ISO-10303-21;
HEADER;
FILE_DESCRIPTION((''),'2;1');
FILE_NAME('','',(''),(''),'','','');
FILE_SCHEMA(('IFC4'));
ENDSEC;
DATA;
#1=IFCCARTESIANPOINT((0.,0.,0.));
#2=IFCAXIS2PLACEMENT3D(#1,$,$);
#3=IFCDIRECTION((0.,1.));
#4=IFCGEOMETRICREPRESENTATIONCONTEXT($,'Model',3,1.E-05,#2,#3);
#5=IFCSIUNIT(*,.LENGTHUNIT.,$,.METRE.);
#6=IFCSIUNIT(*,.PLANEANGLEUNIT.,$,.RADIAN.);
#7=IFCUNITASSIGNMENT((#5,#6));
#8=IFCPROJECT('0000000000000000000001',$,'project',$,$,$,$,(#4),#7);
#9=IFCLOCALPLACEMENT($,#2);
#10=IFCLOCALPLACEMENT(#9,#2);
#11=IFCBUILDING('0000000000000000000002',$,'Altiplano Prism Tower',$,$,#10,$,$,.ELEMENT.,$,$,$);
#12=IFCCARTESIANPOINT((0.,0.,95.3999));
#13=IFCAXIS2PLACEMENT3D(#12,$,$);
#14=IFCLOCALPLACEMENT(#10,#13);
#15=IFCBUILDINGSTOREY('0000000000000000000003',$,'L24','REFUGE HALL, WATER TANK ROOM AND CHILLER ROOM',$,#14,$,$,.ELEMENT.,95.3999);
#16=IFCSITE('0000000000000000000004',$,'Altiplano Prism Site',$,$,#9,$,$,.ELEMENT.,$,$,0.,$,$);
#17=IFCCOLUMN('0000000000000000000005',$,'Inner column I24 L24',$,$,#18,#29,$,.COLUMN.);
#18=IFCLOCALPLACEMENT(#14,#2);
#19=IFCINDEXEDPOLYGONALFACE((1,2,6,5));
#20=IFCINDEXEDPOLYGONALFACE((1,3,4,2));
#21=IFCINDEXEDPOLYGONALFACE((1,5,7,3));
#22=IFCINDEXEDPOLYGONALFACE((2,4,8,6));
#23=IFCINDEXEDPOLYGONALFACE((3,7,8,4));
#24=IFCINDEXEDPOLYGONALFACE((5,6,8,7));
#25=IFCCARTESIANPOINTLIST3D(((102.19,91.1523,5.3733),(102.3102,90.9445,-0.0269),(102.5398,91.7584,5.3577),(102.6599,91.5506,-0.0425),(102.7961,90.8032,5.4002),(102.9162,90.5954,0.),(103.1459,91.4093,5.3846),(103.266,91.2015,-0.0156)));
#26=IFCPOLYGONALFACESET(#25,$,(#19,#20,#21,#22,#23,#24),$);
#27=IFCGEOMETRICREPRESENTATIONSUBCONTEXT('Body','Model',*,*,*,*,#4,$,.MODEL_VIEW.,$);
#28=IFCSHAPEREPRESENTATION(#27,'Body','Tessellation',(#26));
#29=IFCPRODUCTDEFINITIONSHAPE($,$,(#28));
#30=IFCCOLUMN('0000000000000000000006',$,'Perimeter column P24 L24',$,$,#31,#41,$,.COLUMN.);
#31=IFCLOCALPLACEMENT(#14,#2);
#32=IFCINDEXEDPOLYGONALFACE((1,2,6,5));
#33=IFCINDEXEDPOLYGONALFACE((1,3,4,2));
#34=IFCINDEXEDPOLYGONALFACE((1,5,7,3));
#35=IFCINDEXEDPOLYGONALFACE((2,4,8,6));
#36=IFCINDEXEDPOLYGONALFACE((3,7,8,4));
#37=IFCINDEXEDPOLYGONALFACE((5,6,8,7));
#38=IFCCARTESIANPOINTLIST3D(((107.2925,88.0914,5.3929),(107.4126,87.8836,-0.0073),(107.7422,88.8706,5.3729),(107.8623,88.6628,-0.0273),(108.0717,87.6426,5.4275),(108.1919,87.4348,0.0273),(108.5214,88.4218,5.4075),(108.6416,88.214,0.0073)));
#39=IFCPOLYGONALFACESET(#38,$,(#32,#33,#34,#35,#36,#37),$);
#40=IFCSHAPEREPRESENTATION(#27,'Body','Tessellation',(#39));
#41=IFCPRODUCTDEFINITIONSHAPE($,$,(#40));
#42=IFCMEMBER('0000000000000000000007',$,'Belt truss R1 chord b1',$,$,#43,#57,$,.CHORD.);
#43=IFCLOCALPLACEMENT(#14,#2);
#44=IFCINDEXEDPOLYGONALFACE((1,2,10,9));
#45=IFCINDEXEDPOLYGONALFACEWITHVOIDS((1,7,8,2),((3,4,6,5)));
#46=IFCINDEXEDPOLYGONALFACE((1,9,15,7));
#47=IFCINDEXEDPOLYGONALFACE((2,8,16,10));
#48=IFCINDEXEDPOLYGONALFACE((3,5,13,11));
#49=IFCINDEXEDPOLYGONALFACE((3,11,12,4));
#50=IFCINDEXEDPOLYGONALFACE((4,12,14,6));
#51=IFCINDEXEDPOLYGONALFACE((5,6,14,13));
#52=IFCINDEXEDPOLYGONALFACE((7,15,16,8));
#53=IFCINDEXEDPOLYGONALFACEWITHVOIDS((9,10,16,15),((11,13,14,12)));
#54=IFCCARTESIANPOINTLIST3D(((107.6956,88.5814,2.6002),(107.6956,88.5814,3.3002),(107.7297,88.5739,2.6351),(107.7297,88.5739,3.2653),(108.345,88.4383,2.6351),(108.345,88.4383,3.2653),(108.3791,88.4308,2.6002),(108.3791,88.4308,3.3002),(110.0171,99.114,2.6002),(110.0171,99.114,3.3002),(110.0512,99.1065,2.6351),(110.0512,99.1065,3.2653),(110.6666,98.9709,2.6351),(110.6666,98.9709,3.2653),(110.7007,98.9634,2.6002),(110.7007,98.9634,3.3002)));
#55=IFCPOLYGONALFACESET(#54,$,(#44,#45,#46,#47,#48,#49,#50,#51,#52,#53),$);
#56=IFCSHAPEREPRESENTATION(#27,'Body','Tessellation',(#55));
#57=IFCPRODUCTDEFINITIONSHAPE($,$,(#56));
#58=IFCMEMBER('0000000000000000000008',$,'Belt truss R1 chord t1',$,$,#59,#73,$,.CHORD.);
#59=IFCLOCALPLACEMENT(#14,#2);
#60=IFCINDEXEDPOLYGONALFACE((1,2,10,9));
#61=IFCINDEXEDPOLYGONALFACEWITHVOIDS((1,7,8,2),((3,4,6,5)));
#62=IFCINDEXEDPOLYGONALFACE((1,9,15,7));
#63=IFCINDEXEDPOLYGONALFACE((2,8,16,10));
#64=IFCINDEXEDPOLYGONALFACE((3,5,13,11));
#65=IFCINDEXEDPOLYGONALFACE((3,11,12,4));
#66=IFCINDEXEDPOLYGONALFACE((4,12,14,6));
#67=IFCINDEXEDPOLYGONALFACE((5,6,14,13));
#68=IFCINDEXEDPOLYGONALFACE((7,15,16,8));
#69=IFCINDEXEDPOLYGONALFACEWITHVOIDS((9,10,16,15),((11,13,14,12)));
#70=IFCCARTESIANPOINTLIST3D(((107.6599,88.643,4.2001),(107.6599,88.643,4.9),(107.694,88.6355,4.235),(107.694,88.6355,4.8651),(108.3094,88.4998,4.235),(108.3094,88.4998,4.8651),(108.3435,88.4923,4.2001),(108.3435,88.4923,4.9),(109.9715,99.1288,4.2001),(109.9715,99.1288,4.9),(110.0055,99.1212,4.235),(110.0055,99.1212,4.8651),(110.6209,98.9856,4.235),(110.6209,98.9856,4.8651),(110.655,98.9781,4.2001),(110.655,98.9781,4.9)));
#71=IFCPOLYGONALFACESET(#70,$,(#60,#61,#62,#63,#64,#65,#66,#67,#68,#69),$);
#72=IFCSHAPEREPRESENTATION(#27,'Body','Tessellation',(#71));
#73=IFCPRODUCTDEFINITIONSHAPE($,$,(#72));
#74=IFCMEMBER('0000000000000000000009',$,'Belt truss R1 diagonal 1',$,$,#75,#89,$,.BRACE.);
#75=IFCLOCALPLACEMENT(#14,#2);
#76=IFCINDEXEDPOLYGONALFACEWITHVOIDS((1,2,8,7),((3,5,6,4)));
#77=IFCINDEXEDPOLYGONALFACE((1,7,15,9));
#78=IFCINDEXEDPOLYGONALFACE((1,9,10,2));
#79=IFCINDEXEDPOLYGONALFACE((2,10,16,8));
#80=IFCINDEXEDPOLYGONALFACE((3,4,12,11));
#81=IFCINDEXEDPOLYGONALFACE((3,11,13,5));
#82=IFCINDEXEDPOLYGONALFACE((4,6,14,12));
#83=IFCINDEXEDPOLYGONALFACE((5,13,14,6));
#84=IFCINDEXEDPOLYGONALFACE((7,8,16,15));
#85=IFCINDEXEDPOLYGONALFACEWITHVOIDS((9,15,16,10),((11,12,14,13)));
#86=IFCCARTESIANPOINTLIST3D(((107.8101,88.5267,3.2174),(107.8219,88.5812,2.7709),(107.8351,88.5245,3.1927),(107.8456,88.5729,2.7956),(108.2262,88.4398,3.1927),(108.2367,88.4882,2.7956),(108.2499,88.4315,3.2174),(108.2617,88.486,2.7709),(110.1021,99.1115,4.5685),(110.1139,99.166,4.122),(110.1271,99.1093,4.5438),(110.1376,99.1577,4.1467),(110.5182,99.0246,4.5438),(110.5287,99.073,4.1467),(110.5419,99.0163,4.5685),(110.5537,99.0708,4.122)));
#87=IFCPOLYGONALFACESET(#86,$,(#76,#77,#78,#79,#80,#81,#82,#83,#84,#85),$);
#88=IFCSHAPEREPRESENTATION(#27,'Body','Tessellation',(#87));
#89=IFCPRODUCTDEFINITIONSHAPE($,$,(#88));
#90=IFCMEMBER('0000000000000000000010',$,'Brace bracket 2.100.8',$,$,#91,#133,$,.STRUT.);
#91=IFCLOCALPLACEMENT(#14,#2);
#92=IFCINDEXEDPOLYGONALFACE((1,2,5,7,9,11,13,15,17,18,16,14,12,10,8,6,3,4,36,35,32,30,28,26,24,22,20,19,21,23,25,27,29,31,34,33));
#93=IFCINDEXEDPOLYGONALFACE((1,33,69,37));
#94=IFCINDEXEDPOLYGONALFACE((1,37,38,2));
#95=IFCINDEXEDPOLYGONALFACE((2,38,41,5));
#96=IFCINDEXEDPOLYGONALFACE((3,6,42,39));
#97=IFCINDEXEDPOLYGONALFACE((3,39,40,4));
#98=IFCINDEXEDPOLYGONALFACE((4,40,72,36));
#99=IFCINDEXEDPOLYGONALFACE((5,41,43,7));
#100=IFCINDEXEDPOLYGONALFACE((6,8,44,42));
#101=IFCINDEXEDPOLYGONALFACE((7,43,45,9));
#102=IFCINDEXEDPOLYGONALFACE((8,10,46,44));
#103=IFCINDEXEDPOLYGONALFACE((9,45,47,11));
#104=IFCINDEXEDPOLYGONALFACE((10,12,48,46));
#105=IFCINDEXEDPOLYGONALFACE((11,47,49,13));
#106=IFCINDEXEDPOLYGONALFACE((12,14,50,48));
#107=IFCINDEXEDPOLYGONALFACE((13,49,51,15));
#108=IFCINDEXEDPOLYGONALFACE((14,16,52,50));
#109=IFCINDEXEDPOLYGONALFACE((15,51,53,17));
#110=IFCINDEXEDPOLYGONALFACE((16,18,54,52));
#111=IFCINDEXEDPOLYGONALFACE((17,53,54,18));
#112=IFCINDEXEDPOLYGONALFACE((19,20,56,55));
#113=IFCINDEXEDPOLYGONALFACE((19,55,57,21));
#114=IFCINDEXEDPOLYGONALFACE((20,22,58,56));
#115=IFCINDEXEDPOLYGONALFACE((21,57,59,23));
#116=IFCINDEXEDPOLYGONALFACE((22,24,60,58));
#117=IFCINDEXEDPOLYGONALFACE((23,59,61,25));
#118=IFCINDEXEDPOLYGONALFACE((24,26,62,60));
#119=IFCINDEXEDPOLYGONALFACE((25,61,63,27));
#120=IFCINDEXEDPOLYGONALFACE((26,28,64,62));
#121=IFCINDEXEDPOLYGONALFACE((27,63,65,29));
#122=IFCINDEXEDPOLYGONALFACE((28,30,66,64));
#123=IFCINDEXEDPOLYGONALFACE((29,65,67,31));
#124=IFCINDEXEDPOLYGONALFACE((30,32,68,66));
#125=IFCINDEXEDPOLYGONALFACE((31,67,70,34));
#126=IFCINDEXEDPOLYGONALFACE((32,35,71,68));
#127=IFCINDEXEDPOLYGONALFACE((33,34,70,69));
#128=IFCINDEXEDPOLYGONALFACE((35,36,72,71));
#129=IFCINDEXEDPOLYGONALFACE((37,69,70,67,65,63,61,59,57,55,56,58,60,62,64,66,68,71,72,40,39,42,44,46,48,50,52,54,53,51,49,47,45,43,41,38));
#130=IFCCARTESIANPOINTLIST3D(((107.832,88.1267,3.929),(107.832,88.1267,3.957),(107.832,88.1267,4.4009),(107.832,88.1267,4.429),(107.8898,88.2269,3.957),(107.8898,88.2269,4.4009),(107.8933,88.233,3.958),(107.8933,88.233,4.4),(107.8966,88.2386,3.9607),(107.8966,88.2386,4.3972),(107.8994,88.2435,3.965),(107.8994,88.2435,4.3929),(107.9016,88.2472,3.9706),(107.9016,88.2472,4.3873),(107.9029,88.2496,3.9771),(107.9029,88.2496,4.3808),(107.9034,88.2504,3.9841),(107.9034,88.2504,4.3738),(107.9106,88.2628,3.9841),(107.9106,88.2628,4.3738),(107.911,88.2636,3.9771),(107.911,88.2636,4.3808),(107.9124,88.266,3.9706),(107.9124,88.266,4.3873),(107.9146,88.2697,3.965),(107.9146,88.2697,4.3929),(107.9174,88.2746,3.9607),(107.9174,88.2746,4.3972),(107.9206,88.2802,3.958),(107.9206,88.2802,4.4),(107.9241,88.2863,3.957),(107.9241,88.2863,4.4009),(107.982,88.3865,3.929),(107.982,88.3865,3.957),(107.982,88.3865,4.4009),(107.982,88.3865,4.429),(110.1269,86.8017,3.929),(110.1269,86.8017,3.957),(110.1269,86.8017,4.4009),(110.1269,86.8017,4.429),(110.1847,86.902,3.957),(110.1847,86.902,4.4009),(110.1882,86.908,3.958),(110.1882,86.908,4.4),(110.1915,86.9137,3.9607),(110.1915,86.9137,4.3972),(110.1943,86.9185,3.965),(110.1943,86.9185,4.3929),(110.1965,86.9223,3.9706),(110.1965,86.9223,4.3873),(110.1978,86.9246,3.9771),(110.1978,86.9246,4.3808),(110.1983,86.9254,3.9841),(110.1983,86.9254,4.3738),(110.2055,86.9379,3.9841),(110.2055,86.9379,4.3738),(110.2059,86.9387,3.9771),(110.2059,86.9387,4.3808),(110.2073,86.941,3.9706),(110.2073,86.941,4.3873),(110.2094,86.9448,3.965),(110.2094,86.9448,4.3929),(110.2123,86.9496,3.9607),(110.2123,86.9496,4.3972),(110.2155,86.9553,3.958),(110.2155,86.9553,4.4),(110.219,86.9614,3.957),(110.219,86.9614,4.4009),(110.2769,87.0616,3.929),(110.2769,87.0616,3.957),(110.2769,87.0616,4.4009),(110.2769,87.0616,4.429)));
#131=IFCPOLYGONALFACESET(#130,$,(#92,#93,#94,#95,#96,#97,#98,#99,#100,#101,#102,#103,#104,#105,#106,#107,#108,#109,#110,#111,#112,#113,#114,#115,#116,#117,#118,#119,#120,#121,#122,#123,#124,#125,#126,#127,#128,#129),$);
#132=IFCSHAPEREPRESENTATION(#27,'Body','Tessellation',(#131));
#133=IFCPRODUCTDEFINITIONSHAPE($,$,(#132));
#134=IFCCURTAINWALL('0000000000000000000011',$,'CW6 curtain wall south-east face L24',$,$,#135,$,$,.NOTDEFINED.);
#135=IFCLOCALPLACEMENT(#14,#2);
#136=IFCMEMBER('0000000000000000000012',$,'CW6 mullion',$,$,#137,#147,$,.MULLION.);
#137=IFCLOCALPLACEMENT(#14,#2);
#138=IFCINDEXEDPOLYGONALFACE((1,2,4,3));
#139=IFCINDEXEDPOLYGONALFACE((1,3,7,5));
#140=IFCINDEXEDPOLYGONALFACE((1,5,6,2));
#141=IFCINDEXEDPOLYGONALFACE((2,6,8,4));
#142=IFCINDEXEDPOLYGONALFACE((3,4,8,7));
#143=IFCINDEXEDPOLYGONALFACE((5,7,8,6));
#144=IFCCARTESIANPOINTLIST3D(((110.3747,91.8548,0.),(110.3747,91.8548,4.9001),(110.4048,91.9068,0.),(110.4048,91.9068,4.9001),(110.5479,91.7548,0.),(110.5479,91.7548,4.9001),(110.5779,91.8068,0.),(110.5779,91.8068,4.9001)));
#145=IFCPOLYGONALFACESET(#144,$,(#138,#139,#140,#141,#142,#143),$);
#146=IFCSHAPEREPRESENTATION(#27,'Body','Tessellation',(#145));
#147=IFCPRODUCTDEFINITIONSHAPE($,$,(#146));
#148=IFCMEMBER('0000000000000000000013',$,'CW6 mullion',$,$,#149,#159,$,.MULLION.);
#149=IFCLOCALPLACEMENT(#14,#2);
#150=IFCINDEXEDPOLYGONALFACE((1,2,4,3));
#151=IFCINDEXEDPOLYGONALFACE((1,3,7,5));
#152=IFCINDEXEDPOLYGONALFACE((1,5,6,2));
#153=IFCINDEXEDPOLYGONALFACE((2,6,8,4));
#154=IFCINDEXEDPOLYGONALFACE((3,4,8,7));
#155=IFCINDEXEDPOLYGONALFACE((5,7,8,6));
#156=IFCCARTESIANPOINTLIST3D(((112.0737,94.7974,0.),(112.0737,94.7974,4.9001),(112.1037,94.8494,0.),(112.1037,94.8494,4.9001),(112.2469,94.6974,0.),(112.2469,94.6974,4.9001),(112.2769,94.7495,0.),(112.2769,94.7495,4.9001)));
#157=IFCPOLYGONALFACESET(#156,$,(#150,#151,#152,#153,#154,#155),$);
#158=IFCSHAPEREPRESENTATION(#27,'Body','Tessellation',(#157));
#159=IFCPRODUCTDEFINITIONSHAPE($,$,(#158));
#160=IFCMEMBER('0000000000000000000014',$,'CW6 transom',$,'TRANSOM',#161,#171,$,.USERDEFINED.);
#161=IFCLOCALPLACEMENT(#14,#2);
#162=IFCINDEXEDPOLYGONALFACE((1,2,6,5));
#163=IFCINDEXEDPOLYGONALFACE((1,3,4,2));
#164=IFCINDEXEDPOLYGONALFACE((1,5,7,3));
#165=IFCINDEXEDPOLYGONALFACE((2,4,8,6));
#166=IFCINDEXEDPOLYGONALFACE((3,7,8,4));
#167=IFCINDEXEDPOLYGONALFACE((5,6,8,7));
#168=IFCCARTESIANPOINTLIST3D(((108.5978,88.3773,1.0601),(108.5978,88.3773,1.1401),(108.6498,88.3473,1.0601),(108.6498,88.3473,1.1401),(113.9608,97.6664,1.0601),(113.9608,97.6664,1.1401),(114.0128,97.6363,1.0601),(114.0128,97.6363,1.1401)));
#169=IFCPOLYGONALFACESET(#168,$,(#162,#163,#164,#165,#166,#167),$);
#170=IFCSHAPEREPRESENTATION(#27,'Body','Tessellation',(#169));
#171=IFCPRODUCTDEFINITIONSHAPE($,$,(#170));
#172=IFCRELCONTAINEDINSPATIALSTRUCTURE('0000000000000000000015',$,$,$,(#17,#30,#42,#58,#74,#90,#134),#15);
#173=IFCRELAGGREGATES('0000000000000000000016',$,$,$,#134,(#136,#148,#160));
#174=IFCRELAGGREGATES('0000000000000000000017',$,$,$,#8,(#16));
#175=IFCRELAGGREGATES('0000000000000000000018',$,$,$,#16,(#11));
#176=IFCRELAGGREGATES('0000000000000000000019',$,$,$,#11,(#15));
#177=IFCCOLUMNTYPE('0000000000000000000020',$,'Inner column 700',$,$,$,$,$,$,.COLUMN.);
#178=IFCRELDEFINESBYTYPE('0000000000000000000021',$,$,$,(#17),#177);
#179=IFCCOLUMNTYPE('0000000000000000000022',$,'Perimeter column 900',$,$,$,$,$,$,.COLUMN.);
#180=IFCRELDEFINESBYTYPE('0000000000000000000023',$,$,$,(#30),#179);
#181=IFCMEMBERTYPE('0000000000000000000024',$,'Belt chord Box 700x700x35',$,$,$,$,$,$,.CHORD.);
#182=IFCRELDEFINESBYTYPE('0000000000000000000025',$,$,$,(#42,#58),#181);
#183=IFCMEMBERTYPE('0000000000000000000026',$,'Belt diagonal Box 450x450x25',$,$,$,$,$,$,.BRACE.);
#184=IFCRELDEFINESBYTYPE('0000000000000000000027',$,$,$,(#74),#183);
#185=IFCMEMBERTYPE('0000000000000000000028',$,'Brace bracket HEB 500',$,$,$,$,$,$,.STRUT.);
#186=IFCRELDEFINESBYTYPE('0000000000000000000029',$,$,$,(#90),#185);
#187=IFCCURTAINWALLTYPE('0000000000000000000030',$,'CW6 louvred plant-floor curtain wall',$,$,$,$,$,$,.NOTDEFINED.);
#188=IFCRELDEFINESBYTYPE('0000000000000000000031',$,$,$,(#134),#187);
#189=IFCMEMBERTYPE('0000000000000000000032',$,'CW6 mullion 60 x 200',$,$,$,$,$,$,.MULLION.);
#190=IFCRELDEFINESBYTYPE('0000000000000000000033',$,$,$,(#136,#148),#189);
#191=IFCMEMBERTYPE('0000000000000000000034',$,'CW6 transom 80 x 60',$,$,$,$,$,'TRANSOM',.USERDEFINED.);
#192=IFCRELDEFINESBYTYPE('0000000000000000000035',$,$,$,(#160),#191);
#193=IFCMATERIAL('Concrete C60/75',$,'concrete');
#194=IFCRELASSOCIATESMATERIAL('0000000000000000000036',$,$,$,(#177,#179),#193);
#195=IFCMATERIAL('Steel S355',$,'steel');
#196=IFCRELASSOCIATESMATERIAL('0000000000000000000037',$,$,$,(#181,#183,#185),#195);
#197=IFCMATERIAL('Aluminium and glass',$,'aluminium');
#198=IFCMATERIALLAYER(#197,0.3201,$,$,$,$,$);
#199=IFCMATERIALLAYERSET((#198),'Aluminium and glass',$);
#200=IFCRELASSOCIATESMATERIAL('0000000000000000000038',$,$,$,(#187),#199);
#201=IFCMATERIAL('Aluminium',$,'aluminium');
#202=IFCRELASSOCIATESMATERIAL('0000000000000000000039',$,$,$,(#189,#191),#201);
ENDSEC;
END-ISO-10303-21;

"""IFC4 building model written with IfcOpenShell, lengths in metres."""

from ifc_helpers import new_model, si_unit, direction, frame, origin, origin_2d, place, context, subcontext, project, spatial, rectangle, hollow_rectangle, i_section, extrude, material, layer, layer_set, material_profile, profile_set, type_object, element, aggregate, save


model = new_model("IFC4")

# Units and contexts
model_context = context("Model", 3, precision=1e-05, world=origin(), true_north=direction((0.0, 1.0)))
body_context = subcontext(model_context, "Body", "Model", "MODEL_VIEW")
ifc_project = project(units=[si_unit("LENGTHUNIT", "METRE"), si_unit("PLANEANGLEUNIT", "RADIAN")], contexts=[model_context])

# Site, building, storey
site_placement = place(None, origin())
site = spatial("IfcSite", under=ifc_project, at=site_placement, Name="Altiplano Prism Site", CompositionType="ELEMENT", RefElevation=0.0)
building_placement = place(site_placement, origin())
building = spatial("IfcBuilding", under=site, at=building_placement, Name="Altiplano Prism Tower", CompositionType="ELEMENT")
storey_placement = place(building_placement, frame((0.0, 0.0, 95.3999)))
storey = spatial("IfcBuildingStorey", under=building, at=storey_placement, Name="L24", Description="REFUGE HALL, WATER TANK ROOM AND CHILLER ROOM", CompositionType="ELEMENT", Elevation=95.3999)

# Columns
ifc_material_1 = material(Name="Concrete C60/75", Category="concrete")
ifc_material_profile_1 = material_profile(ifc_material_1, rectangle(XDim=0.7, YDim=0.7, at=origin_2d()), Name="Inner column 700")
ifc_profile_set_1 = profile_set([ifc_material_profile_1], Name="Concrete C60/75")
column_type_1 = type_object("IfcColumnType", Name="Inner column 700", PredefinedType="COLUMN", material=ifc_profile_set_1)
column_1_placement = place(storey_placement, frame((102.7881, 91.073, -0.0212), z_axis=(-0.022221, 0.038436, 0.999014), x_axis=(-0.499731, -0.865896, 0.022199)))
element("IfcColumn", 1, at=column_1_placement, inside=storey, type_object=column_type_1, Name="Inner column I24 L24", PredefinedType="COLUMN", context=body_context, shape_type="SweptSolid", body=[
    extrude(rectangle(XDim=0.7, YDim=0.7, at=origin_2d()), origin(), (0.0, 0.0, 1.0), 5.4055),
])
ifc_material_profile_2 = material_profile(ifc_material_1, rectangle(XDim=0.8999, YDim=0.8999, at=origin_2d()), Name="Perimeter column 900")
ifc_profile_set_2 = profile_set([ifc_material_profile_2], Name="Concrete C60/75")
column_type_2 = type_object("IfcColumnType", Name="Perimeter column 900", PredefinedType="COLUMN", material=ifc_profile_set_2)
column_2_placement = place(storey_placement, frame((108.0271, 88.0488, 0.0), z_axis=(-0.022221, 0.038436, 0.999014), x_axis=(-0.499731, -0.865896, 0.022199)))
element("IfcColumn", 2, at=column_2_placement, inside=storey, type_object=column_type_2, Name="Perimeter column P24 L24", PredefinedType="COLUMN", context=body_context, shape_type="SweptSolid", body=[
    extrude(rectangle(XDim=0.8999, YDim=0.8999, at=origin_2d()), origin(), (0.0, 0.0, 1.0), 5.4055),
])

# Members
ifc_material_2 = material(Name="Steel S355", Category="steel")
ifc_material_profile_3 = material_profile(ifc_material_2, hollow_rectangle(XDim=0.7, YDim=0.7, WallThickness=0.0349, at=origin_2d()), Name="Belt chord Box 700x700x35")
ifc_profile_set_3 = profile_set([ifc_material_profile_3], Name="Steel S355")
member_type_1 = type_object("IfcMemberType", Name="Belt chord Box 700x700x35", PredefinedType="CHORD", material=ifc_profile_set_3)
member_1_placement = place(storey_placement, frame((108.0374, 88.5061, 2.9502), z_axis=(0.21525, 0.976559, 0.0), x_axis=(-0.976559, 0.21525, 0.0)))
element("IfcMember", 3, at=member_1_placement, inside=storey, type_object=member_type_1, Name="Belt truss R1 chord b1", PredefinedType="CHORD", context=body_context, shape_type="SweptSolid", body=[
    extrude(hollow_rectangle(XDim=0.7, YDim=0.7, WallThickness=0.0349, at=origin_2d()), origin(), (0.0, 0.0, 1.0), 10.7854),
])
member_2_placement = place(storey_placement, frame((108.0017, 88.5676, 4.55), z_axis=(0.215274, 0.976554, 0.0), x_axis=(-0.976554, 0.215274, 0.0)))
element("IfcMember", 4, at=member_2_placement, inside=storey, type_object=member_type_1, Name="Belt truss R1 chord t1", PredefinedType="CHORD", context=body_context, shape_type="SweptSolid", body=[
    extrude(hollow_rectangle(XDim=0.7, YDim=0.7, WallThickness=0.0349, at=origin_2d()), origin(), (0.0, 0.0, 1.0), 10.7375),
])
ifc_material_profile_4 = material_profile(ifc_material_2, hollow_rectangle(XDim=0.45, YDim=0.45, WallThickness=0.0249, at=origin_2d()), Name="Belt diagonal Box 450x450x25")
ifc_profile_set_4 = profile_set([ifc_material_profile_4], Name="Steel S355")
member_type_2 = type_object("IfcMemberType", Name="Belt diagonal Box 450x450x25", PredefinedType="BRACE", material=ifc_profile_set_4)
member_3_placement = place(storey_placement, frame((108.0359, 88.5063, 2.9941), z_axis=(0.210005, 0.969831, 0.123793), x_axis=(-0.977349, 0.211633, 0.0)))
element("IfcMember", 5, at=member_3_placement, inside=storey, type_object=member_type_2, Name="Belt truss R1 diagonal 1", PredefinedType="BRACE", context=body_context, shape_type="SweptSolid", body=[
    extrude(hollow_rectangle(XDim=0.45, YDim=0.45, WallThickness=0.0249, at=origin_2d()), origin(), (0.0, 0.0, 1.0), 10.9141),
])
ifc_material_profile_5 = material_profile(ifc_material_2, i_section(OverallWidth=0.3, OverallDepth=0.5, WebThickness=0.0144, FlangeThickness=0.0281, FilletRadius=0.0271, at=origin_2d()), Name="Brace bracket HEB 500")
ifc_profile_set_5 = profile_set([ifc_material_profile_5], Name="Steel S355")
member_type_3 = type_object("IfcMemberType", Name="Brace bracket HEB 500", PredefinedType="STRUT", material=ifc_profile_set_5)
member_4_placement = place(storey_placement, frame((107.907, 88.2566, 4.179), z_axis=(0.866029, -0.499994, 0.0), x_axis=(0.499994, 0.866029, 0.0)))
element("IfcMember", 6, at=member_4_placement, inside=storey, type_object=member_type_3, Name="Brace bracket 2.100.8", PredefinedType="STRUT", context=body_context, shape_type="SweptSolid", body=[
    extrude(i_section(OverallWidth=0.3, OverallDepth=0.5, WebThickness=0.0144, FlangeThickness=0.0281, FilletRadius=0.0271, at=origin_2d()), origin(), (0.0, 0.0, 1.0), 2.6499),
])

# Curtain wall, members
ifc_material_3 = material(Name="Aluminium and glass", Category="aluminium")
ifc_layer_1 = layer(ifc_material_3, 0.3201)
ifc_layer_set_1 = layer_set([ifc_layer_1], Name="Aluminium and glass")
curtain_wall_type = type_object("IfcCurtainWallType", Name="CW6 louvred plant-floor curtain wall", PredefinedType="NOTDEFINED", material=ifc_layer_set_1)
curtain_wall_1_placement = place(storey_placement, origin())
curtain_wall_1 = element("IfcCurtainWall", 7, at=curtain_wall_1_placement, inside=storey, type_object=curtain_wall_type, Name="CW6 curtain wall south-east face L24", PredefinedType="NOTDEFINED")
ifc_material_4 = material(Name="Aluminium", Category="aluminium")
ifc_material_profile_6 = material_profile(ifc_material_4, rectangle(XDim=0.2, YDim=0.0601, at=origin_2d()), Name="CW6 mullion 60 x 200")
ifc_profile_set_6 = profile_set([ifc_material_profile_6], Name="Aluminium")
member_type_4 = type_object("IfcMemberType", Name="CW6 mullion 60 x 200", PredefinedType="MULLION", material=ifc_profile_set_6)
member_5_placement = place(storey_placement, frame((110.4763, 91.8308, 0.0), z_axis=(0.0, 0.0, 1.0), x_axis=(-0.866025, 0.5, 0.0)))
member_5 = element("IfcMember", 8, at=member_5_placement, type_object=member_type_4, Name="CW6 mullion", PredefinedType="MULLION", context=body_context, shape_type="SweptSolid", body=[
    extrude(rectangle(XDim=0.2, YDim=0.0601, at=origin_2d()), origin(), (0.0, 0.0, 1.0), 4.9001),
])
member_6_placement = place(storey_placement, frame((112.1753, 94.7734, 0.0), z_axis=(0.0, 0.0, 1.0), x_axis=(-0.866025, 0.5, 0.0)))
member_6 = element("IfcMember", 9, at=member_6_placement, type_object=member_type_4, Name="CW6 mullion", PredefinedType="MULLION", context=body_context, shape_type="SweptSolid", body=[
    extrude(rectangle(XDim=0.2, YDim=0.0601, at=origin_2d()), origin(), (0.0, 0.0, 1.0), 4.9001),
])
ifc_material_profile_7 = material_profile(ifc_material_4, rectangle(XDim=0.0601, YDim=0.0801, at=origin_2d()), Name="CW6 transom 80 x 60")
ifc_profile_set_7 = profile_set([ifc_material_profile_7], Name="Aluminium")
member_type_5 = type_object("IfcMemberType", Name="CW6 transom 80 x 60", ElementType="TRANSOM", PredefinedType="USERDEFINED", material=ifc_profile_set_7)
member_7_placement = place(storey_placement, frame((108.6238, 88.3623, 1.1001), z_axis=(0.5, 0.866026, 0.0), x_axis=(-0.866026, 0.5, 0.0)))
member_7 = element("IfcMember", 10, at=member_7_placement, type_object=member_type_5, Name="CW6 transom", ObjectType="TRANSOM", PredefinedType="USERDEFINED", context=body_context, shape_type="SweptSolid", body=[
    extrude(rectangle(XDim=0.0601, YDim=0.0801, at=origin_2d()), origin(), (0.0, 0.0, 1.0), 10.7261),
])

aggregate(curtain_wall_1, [member_5, member_6, member_7])

save(model, "model.ifc")
